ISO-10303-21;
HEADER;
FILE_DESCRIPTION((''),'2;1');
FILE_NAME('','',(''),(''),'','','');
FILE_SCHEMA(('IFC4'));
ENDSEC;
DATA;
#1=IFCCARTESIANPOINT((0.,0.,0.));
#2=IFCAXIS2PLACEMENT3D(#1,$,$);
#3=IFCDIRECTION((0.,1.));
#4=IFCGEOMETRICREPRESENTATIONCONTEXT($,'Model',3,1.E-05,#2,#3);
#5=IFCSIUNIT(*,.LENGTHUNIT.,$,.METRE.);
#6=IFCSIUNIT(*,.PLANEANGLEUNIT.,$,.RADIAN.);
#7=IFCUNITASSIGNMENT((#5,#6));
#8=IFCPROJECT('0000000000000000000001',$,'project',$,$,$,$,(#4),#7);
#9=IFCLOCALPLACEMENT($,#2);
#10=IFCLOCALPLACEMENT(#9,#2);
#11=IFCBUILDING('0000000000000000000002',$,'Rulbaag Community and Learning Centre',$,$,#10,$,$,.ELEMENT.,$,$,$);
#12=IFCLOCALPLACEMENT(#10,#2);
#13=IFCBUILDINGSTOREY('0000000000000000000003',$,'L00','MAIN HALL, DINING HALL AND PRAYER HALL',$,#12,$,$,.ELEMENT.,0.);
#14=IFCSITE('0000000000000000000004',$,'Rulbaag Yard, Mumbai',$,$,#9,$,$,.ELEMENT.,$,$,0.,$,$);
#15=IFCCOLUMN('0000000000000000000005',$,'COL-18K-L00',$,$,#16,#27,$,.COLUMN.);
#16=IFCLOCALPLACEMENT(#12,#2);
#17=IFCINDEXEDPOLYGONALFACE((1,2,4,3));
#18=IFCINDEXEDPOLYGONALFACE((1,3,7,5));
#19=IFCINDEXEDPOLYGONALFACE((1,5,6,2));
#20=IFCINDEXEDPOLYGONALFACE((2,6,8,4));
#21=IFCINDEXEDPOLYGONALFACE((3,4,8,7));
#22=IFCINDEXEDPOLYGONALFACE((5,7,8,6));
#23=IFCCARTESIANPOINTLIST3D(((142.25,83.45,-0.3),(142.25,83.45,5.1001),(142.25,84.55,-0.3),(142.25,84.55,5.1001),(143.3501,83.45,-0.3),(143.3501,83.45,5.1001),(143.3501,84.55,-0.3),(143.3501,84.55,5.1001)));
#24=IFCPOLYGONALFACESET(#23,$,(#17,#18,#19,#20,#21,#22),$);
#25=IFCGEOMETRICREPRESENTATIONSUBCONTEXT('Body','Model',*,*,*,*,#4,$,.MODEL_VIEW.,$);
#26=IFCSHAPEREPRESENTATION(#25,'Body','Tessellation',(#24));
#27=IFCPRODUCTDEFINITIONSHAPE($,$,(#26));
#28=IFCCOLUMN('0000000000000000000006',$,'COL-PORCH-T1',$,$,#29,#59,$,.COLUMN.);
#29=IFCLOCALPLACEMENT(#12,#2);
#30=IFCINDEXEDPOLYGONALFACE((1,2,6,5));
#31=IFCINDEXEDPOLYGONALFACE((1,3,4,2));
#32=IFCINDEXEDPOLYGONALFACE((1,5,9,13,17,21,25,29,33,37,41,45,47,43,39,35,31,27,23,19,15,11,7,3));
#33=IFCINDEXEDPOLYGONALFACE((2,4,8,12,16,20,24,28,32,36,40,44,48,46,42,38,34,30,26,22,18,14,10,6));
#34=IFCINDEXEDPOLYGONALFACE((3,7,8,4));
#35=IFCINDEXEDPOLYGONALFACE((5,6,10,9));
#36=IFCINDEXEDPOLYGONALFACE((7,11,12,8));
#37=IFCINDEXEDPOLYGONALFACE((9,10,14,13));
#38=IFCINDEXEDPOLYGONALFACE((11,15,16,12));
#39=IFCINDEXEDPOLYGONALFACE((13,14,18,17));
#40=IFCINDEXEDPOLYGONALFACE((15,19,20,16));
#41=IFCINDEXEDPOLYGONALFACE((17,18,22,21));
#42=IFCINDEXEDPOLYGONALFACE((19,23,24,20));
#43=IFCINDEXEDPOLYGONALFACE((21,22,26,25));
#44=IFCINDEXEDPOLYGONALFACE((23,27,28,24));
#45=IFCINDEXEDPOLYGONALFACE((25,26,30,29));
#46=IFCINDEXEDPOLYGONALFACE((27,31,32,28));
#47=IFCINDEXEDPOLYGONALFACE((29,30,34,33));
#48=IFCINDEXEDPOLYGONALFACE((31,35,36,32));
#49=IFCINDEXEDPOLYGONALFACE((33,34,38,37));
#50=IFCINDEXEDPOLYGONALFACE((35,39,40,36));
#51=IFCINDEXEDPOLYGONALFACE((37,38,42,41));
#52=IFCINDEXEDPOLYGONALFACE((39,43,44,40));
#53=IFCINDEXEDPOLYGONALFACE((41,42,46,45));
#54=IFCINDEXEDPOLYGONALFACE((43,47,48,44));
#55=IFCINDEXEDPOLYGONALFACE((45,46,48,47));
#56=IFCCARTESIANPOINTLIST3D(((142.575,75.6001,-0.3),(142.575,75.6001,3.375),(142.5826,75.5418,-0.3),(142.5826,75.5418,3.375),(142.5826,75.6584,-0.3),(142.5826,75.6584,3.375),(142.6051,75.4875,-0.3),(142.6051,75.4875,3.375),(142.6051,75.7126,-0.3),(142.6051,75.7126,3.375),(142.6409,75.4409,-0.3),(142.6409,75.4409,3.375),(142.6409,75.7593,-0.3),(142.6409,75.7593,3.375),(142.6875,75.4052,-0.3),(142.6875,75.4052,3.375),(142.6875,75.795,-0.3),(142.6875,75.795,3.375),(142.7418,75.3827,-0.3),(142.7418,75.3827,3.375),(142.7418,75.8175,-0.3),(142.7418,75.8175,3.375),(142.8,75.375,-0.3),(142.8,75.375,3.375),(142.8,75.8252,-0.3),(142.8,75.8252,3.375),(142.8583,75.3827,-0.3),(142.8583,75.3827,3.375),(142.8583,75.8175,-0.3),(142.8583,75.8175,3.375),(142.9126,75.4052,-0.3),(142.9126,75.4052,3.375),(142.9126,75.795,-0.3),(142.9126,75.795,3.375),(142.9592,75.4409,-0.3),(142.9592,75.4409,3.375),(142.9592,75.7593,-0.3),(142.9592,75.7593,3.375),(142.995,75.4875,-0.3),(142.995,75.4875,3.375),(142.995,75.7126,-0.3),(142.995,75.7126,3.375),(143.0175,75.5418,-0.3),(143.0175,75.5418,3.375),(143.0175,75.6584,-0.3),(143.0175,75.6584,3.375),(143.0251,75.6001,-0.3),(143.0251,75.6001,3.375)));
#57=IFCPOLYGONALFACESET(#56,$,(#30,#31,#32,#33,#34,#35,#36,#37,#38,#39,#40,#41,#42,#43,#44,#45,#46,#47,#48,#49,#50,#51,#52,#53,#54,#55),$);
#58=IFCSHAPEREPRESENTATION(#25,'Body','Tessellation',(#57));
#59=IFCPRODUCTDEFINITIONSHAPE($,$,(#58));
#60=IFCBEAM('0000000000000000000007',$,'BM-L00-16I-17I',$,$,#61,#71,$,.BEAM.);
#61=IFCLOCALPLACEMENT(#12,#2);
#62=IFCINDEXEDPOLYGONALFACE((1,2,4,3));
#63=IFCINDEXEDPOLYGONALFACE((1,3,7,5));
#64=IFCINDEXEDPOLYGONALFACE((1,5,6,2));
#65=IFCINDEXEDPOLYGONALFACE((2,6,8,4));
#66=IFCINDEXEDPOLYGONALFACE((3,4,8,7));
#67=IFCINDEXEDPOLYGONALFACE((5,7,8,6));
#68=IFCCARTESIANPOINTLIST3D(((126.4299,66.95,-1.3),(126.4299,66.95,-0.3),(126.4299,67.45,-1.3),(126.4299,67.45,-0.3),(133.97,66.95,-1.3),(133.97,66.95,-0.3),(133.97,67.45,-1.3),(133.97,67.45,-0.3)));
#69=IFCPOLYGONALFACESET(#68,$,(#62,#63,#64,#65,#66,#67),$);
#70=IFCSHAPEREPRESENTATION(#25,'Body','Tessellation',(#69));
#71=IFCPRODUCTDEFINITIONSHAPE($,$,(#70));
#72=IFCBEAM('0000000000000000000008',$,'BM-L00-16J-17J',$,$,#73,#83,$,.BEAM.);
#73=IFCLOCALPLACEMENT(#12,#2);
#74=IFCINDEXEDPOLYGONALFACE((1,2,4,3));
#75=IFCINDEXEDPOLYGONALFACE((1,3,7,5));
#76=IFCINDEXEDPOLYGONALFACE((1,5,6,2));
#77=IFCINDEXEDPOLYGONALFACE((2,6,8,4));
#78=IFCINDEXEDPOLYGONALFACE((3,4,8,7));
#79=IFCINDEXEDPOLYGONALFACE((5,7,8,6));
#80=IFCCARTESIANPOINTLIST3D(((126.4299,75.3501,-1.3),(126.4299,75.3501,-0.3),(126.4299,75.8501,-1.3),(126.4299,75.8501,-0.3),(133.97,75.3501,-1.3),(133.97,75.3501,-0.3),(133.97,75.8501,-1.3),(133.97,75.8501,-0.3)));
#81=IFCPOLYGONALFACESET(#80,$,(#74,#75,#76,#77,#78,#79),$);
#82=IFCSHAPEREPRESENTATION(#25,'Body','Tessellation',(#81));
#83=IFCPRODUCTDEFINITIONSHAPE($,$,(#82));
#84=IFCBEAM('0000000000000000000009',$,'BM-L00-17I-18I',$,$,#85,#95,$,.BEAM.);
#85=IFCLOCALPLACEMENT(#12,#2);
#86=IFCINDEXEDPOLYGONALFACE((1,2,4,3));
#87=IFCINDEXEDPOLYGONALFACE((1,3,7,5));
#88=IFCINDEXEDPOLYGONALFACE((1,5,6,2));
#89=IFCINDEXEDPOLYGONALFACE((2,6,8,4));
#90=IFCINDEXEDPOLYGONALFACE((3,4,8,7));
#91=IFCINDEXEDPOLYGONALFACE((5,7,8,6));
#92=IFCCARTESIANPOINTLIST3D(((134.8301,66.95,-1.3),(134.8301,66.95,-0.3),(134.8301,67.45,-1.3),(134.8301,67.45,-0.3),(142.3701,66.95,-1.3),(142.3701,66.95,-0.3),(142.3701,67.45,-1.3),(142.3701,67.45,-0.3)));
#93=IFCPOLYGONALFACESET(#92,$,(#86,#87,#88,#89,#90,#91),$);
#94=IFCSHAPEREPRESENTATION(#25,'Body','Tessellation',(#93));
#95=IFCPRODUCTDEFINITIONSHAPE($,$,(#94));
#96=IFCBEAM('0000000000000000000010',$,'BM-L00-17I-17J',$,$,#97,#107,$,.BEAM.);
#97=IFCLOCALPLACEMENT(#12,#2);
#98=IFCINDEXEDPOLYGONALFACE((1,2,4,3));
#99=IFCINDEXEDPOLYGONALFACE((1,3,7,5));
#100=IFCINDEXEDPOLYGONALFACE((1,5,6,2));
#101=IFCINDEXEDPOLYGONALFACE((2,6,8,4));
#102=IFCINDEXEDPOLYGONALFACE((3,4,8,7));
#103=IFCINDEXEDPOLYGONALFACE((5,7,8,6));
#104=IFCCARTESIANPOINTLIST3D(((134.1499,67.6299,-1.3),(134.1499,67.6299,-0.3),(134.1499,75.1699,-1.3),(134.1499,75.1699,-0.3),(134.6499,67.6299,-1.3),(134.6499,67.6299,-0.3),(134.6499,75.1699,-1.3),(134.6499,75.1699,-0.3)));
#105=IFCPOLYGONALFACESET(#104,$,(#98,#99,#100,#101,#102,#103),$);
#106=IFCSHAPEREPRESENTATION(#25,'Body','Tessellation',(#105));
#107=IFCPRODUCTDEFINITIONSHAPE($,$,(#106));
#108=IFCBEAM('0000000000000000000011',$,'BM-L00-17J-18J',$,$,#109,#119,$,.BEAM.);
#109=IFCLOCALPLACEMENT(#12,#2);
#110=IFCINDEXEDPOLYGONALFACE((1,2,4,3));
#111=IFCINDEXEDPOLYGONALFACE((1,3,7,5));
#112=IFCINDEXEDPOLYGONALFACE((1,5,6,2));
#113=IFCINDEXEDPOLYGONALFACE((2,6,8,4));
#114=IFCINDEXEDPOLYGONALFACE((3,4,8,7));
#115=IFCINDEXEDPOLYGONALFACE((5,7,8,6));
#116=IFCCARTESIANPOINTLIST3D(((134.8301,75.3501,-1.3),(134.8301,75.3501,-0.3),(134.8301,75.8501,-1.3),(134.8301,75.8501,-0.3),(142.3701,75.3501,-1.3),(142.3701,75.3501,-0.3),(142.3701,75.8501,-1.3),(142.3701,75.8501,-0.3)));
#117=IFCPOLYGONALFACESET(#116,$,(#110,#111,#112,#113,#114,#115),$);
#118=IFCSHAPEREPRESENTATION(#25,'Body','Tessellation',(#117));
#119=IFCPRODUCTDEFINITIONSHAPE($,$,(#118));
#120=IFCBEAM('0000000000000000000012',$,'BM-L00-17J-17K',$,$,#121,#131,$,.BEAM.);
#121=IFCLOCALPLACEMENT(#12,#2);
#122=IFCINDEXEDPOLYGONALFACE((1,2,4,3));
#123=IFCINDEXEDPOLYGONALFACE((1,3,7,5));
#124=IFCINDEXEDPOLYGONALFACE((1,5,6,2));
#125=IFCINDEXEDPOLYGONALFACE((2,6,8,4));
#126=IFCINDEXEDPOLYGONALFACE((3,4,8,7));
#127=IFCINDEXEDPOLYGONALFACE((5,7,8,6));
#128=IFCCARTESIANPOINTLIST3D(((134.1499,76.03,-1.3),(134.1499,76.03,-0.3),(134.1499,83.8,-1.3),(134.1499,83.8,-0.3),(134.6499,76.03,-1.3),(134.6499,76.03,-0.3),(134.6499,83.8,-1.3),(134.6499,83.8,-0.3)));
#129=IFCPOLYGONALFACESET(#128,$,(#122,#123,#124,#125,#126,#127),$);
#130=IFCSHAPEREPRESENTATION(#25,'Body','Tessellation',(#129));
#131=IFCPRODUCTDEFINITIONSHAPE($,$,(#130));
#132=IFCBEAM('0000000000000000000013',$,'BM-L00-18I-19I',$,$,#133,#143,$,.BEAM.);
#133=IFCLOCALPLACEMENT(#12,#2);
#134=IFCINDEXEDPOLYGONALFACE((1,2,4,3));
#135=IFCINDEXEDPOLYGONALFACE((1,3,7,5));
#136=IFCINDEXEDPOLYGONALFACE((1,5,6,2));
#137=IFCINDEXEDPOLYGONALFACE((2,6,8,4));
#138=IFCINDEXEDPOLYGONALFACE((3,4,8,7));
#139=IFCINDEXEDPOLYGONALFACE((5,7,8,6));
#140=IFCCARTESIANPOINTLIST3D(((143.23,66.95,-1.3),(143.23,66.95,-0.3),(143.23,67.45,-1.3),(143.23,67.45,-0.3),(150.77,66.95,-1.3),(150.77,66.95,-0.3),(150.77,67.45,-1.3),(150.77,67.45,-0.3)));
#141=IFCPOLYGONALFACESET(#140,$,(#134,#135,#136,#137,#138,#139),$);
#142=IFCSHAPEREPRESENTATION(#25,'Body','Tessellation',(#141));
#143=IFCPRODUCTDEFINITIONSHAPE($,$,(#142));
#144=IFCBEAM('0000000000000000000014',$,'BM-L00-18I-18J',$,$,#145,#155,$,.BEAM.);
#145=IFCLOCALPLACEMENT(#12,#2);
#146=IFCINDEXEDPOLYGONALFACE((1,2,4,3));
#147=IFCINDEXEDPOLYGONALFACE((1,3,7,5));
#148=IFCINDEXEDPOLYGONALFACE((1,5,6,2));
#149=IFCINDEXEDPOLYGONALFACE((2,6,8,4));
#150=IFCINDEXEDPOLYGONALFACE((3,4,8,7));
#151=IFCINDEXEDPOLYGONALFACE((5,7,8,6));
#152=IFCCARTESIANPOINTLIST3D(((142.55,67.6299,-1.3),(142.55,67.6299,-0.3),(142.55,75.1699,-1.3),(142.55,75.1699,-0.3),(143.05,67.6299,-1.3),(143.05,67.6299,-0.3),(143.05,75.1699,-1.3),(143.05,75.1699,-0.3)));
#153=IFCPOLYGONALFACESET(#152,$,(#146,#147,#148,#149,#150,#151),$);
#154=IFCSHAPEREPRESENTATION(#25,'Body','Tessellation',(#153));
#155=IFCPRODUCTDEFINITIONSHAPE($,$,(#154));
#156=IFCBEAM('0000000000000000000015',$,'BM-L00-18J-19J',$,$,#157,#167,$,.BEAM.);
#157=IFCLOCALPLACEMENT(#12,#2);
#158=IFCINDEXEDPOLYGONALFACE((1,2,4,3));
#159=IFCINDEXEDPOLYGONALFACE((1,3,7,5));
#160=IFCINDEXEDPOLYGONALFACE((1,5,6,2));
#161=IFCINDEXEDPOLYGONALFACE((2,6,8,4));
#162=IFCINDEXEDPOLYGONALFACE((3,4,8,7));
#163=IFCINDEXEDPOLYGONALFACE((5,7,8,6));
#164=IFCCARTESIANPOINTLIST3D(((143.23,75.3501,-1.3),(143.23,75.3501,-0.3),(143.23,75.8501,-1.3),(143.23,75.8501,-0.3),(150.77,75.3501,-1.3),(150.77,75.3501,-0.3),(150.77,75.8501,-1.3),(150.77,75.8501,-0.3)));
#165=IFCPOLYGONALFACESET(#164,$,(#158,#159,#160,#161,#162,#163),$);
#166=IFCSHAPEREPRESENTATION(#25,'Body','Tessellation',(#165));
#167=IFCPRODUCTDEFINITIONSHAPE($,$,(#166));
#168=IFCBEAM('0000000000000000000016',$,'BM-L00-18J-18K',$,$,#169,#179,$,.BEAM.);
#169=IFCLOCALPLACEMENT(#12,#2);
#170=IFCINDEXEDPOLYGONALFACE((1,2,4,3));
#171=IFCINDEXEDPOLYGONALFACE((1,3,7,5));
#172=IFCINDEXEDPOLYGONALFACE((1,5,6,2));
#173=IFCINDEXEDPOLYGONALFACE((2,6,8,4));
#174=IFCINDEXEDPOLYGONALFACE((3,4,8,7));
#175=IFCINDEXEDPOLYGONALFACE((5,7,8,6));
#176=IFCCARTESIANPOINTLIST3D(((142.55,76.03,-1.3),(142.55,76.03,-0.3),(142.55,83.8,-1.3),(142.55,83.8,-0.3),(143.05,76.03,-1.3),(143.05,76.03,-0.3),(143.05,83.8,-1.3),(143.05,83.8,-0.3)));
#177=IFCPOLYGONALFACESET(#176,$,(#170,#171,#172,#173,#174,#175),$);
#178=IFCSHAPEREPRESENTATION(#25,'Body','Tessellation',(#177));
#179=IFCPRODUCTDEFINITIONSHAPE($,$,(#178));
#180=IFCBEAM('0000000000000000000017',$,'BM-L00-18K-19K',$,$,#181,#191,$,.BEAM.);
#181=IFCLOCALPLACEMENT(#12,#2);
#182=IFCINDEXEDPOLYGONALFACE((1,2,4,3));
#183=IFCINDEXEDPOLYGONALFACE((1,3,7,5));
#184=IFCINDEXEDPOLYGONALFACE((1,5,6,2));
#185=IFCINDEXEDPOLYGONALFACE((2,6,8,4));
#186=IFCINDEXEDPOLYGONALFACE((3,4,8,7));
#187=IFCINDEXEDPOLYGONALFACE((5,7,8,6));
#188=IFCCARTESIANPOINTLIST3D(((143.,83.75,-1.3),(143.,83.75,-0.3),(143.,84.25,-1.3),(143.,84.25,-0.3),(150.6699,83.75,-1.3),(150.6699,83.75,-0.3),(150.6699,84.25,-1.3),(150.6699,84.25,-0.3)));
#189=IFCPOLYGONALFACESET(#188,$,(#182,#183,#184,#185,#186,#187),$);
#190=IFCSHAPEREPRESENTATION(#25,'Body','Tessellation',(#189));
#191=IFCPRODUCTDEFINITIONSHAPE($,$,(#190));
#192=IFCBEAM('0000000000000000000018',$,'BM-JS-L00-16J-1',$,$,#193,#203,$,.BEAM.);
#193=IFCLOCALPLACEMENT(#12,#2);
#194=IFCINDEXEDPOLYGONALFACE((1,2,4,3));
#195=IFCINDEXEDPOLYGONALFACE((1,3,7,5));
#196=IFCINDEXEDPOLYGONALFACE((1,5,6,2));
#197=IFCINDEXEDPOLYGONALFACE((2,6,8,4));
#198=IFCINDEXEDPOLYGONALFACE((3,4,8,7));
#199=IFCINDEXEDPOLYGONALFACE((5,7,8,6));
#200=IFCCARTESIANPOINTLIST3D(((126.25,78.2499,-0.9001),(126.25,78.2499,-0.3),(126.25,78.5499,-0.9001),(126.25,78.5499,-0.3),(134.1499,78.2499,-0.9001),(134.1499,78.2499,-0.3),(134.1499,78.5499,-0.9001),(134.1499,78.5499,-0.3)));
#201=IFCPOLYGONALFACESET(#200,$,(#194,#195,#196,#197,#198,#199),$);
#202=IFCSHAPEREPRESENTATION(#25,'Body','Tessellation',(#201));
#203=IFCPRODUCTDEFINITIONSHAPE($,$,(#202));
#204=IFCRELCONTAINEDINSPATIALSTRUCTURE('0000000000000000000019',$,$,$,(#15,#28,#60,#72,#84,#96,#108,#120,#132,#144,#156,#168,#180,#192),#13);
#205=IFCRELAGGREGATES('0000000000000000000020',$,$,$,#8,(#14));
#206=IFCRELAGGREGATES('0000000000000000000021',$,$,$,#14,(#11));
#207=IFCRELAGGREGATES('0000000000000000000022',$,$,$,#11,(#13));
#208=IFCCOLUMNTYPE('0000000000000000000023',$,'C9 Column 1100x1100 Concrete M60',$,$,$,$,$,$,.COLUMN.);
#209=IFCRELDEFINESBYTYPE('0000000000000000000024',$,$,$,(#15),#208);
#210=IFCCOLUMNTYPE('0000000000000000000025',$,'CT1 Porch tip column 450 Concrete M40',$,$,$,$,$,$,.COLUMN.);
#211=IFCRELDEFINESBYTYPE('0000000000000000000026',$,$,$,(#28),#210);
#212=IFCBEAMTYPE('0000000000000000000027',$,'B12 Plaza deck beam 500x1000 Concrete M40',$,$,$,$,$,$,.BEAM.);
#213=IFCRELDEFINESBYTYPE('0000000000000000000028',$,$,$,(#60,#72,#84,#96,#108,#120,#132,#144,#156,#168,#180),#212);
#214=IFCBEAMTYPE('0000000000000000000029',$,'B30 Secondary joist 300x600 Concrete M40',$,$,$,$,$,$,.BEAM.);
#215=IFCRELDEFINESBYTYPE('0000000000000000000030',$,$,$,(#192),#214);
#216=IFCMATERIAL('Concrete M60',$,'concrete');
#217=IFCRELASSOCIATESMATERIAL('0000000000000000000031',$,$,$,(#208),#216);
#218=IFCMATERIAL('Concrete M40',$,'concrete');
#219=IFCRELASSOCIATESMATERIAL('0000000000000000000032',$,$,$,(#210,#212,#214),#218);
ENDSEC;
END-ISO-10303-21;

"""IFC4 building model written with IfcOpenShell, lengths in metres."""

from ifc_helpers import new_model, si_unit, direction, frame, origin, origin_2d, place, context, subcontext, project, spatial, rectangle, circle, extrude, material, material_profile, profile_set, type_object, element, save


model = new_model("IFC4")

# Units and contexts
model_context = context("Model", 3, precision=1e-05, world=origin(), true_north=direction((0.0, 1.0)))
body_context = subcontext(model_context, "Body", "Model", "MODEL_VIEW")
ifc_project = project(units=[si_unit("LENGTHUNIT", "METRE"), si_unit("PLANEANGLEUNIT", "RADIAN")], contexts=[model_context])

# Site, building, storey
site_placement = place(None, origin())
site = spatial("IfcSite", under=ifc_project, at=site_placement, Name="Rulbaag Yard, Mumbai", CompositionType="ELEMENT", RefElevation=0.0)
building_placement = place(site_placement, origin())
building = spatial("IfcBuilding", under=site, at=building_placement, Name="Rulbaag Community and Learning Centre", CompositionType="ELEMENT")
storey_placement = place(building_placement, origin())
storey = spatial("IfcBuildingStorey", under=building, at=storey_placement, Name="L00", Description="MAIN HALL, DINING HALL AND PRAYER HALL", CompositionType="ELEMENT", Elevation=0.0)

# Columns
ifc_material_1 = material(Name="Concrete M60", Category="concrete")
ifc_material_profile_1 = material_profile(ifc_material_1, rectangle(XDim=1.1001, YDim=1.1001, at=origin_2d()), Name="RC1100x1100")
ifc_profile_set_1 = profile_set([ifc_material_profile_1], Name="Concrete M60")
column_type_1 = type_object("IfcColumnType", Name="C9 Column 1100x1100 Concrete M60", PredefinedType="COLUMN", material=ifc_profile_set_1)
column_1_placement = place(storey_placement, frame((142.8, 84.0, -0.3), z_axis=(0.0, 0.0, 1.0), x_axis=(1.0, 0.0, 0.0)))
element("IfcColumn", 1, at=column_1_placement, inside=storey, type_object=column_type_1, Name="COL-18K-L00", PredefinedType="COLUMN", context=body_context, shape_type="SweptSolid", body=[
    extrude(rectangle(XDim=1.1001, YDim=1.1001, at=origin_2d()), origin(), (0.0, 0.0, 1.0), 5.4001),
])
ifc_material_2 = material(Name="Concrete M40", Category="concrete")
ifc_material_profile_2 = material_profile(ifc_material_2, circle(Radius=0.2251, at=origin_2d()), Name="RD450")
ifc_profile_set_2 = profile_set([ifc_material_profile_2], Name="Concrete M40")
column_type_2 = type_object("IfcColumnType", Name="CT1 Porch tip column 450 Concrete M40", PredefinedType="COLUMN", material=ifc_profile_set_2)
column_2_placement = place(storey_placement, frame((142.8, 75.6001, -0.3), z_axis=(0.0, 0.0, 1.0), x_axis=(1.0, 0.0, 0.0)))
element("IfcColumn", 2, at=column_2_placement, inside=storey, type_object=column_type_2, Name="COL-PORCH-T1", PredefinedType="COLUMN", context=body_context, shape_type="SweptSolid", body=[
    extrude(circle(Radius=0.2251, at=origin_2d()), origin(), (0.0, 0.0, 1.0), 3.675),
])

# Beams
ifc_material_profile_3 = material_profile(ifc_material_2, rectangle(XDim=0.5, YDim=1.0, at=origin_2d()), Name="RB500x1000")
ifc_profile_set_3 = profile_set([ifc_material_profile_3], Name="Concrete M40")
beam_type_1 = type_object("IfcBeamType", Name="B12 Plaza deck beam 500x1000 Concrete M40", PredefinedType="BEAM", material=ifc_profile_set_3)
for number, where, z_axis, x_axis, name in (
    (3, (126.4299, 67.2, -0.8), (1.0, 0.0, 0.0), (0.0, 1.0, 0.0), "BM-L00-16I-17I"),
    (4, (126.4299, 75.6001, -0.8), (1.0, 0.0, 0.0), (0.0, 1.0, 0.0), "BM-L00-16J-17J"),
    (5, (134.8301, 67.2, -0.8), (1.0, 0.0, 0.0), (0.0, 1.0, 0.0), "BM-L00-17I-18I"),
    (6, (134.3999, 67.6299, -0.8), (0.0, 1.0, 0.0), (-1.0, 0.0, 0.0), "BM-L00-17I-17J"),
    (7, (134.8301, 75.6001, -0.8), (1.0, 0.0, 0.0), (0.0, 1.0, 0.0), "BM-L00-17J-18J"),
):
    element("IfcBeam", number, at=place(storey_placement, frame(where, z_axis=z_axis, x_axis=x_axis)), inside=storey, type_object=beam_type_1, Name=name, PredefinedType="BEAM", context=body_context, shape_type="SweptSolid", body=[
        extrude(rectangle(XDim=0.5, YDim=1.0, at=origin_2d()), origin(), (0.0, 0.0, 1.0), 7.54),
    ])
beam_1_placement = place(storey_placement, frame((134.3999, 76.03, -0.8), z_axis=(0.0, 1.0, 0.0), x_axis=(-1.0, 0.0, 0.0)))
element("IfcBeam", 8, at=beam_1_placement, inside=storey, type_object=beam_type_1, Name="BM-L00-17J-17K", PredefinedType="BEAM", context=body_context, shape_type="SweptSolid", body=[
    extrude(rectangle(XDim=0.5, YDim=1.0, at=origin_2d()), origin(), (0.0, 0.0, 1.0), 7.77),
])
for number, where, z_axis, x_axis, name in (
    (9, (143.23, 67.2, -0.8), (1.0, 0.0, 0.0), (0.0, 1.0, 0.0), "BM-L00-18I-19I"),
    (10, (142.8, 67.6299, -0.8), (0.0, 1.0, 0.0), (-1.0, 0.0, 0.0), "BM-L00-18I-18J"),
    (11, (143.23, 75.6001, -0.8), (1.0, 0.0, 0.0), (0.0, 1.0, 0.0), "BM-L00-18J-19J"),
):
    element("IfcBeam", number, at=place(storey_placement, frame(where, z_axis=z_axis, x_axis=x_axis)), inside=storey, type_object=beam_type_1, Name=name, PredefinedType="BEAM", context=body_context, shape_type="SweptSolid", body=[
        extrude(rectangle(XDim=0.5, YDim=1.0, at=origin_2d()), origin(), (0.0, 0.0, 1.0), 7.54),
    ])
beam_2_placement = place(storey_placement, frame((142.8, 76.03, -0.8), z_axis=(0.0, 1.0, 0.0), x_axis=(-1.0, 0.0, 0.0)))
element("IfcBeam", 12, at=beam_2_placement, inside=storey, type_object=beam_type_1, Name="BM-L00-18J-18K", PredefinedType="BEAM", context=body_context, shape_type="SweptSolid", body=[
    extrude(rectangle(XDim=0.5, YDim=1.0, at=origin_2d()), origin(), (0.0, 0.0, 1.0), 7.77),
])
beam_3_placement = place(storey_placement, frame((143.0, 84.0, -0.8), z_axis=(1.0, 0.0, 0.0), x_axis=(0.0, 1.0, 0.0)))
element("IfcBeam", 13, at=beam_3_placement, inside=storey, type_object=beam_type_1, Name="BM-L00-18K-19K", PredefinedType="BEAM", context=body_context, shape_type="SweptSolid", body=[
    extrude(rectangle(XDim=0.5, YDim=1.0, at=origin_2d()), origin(), (0.0, 0.0, 1.0), 7.6699),
])
ifc_material_profile_4 = material_profile(ifc_material_2, rectangle(XDim=0.3, YDim=0.6001, at=origin_2d()), Name="RB300x600")
ifc_profile_set_4 = profile_set([ifc_material_profile_4], Name="Concrete M40")
beam_type_2 = type_object("IfcBeamType", Name="B30 Secondary joist 300x600 Concrete M40", PredefinedType="BEAM", material=ifc_profile_set_4)
for number, where, z_axis, x_axis, name in (
    (14, (126.25, 78.3999, -0.6001), (1.0, 0.0, 0.0), (0.0, 1.0, 0.0), "BM-JS-L00-16J-1"),
):
    element("IfcBeam", number, at=place(storey_placement, frame(where, z_axis=z_axis, x_axis=x_axis)), inside=storey, type_object=beam_type_2, Name=name, PredefinedType="BEAM", context=body_context, shape_type="SweptSolid", body=[
        extrude(rectangle(XDim=0.3, YDim=0.6001, at=origin_2d()), origin(), (0.0, 0.0, 1.0), 7.8999),
    ])

save(model, "model.ifc")
